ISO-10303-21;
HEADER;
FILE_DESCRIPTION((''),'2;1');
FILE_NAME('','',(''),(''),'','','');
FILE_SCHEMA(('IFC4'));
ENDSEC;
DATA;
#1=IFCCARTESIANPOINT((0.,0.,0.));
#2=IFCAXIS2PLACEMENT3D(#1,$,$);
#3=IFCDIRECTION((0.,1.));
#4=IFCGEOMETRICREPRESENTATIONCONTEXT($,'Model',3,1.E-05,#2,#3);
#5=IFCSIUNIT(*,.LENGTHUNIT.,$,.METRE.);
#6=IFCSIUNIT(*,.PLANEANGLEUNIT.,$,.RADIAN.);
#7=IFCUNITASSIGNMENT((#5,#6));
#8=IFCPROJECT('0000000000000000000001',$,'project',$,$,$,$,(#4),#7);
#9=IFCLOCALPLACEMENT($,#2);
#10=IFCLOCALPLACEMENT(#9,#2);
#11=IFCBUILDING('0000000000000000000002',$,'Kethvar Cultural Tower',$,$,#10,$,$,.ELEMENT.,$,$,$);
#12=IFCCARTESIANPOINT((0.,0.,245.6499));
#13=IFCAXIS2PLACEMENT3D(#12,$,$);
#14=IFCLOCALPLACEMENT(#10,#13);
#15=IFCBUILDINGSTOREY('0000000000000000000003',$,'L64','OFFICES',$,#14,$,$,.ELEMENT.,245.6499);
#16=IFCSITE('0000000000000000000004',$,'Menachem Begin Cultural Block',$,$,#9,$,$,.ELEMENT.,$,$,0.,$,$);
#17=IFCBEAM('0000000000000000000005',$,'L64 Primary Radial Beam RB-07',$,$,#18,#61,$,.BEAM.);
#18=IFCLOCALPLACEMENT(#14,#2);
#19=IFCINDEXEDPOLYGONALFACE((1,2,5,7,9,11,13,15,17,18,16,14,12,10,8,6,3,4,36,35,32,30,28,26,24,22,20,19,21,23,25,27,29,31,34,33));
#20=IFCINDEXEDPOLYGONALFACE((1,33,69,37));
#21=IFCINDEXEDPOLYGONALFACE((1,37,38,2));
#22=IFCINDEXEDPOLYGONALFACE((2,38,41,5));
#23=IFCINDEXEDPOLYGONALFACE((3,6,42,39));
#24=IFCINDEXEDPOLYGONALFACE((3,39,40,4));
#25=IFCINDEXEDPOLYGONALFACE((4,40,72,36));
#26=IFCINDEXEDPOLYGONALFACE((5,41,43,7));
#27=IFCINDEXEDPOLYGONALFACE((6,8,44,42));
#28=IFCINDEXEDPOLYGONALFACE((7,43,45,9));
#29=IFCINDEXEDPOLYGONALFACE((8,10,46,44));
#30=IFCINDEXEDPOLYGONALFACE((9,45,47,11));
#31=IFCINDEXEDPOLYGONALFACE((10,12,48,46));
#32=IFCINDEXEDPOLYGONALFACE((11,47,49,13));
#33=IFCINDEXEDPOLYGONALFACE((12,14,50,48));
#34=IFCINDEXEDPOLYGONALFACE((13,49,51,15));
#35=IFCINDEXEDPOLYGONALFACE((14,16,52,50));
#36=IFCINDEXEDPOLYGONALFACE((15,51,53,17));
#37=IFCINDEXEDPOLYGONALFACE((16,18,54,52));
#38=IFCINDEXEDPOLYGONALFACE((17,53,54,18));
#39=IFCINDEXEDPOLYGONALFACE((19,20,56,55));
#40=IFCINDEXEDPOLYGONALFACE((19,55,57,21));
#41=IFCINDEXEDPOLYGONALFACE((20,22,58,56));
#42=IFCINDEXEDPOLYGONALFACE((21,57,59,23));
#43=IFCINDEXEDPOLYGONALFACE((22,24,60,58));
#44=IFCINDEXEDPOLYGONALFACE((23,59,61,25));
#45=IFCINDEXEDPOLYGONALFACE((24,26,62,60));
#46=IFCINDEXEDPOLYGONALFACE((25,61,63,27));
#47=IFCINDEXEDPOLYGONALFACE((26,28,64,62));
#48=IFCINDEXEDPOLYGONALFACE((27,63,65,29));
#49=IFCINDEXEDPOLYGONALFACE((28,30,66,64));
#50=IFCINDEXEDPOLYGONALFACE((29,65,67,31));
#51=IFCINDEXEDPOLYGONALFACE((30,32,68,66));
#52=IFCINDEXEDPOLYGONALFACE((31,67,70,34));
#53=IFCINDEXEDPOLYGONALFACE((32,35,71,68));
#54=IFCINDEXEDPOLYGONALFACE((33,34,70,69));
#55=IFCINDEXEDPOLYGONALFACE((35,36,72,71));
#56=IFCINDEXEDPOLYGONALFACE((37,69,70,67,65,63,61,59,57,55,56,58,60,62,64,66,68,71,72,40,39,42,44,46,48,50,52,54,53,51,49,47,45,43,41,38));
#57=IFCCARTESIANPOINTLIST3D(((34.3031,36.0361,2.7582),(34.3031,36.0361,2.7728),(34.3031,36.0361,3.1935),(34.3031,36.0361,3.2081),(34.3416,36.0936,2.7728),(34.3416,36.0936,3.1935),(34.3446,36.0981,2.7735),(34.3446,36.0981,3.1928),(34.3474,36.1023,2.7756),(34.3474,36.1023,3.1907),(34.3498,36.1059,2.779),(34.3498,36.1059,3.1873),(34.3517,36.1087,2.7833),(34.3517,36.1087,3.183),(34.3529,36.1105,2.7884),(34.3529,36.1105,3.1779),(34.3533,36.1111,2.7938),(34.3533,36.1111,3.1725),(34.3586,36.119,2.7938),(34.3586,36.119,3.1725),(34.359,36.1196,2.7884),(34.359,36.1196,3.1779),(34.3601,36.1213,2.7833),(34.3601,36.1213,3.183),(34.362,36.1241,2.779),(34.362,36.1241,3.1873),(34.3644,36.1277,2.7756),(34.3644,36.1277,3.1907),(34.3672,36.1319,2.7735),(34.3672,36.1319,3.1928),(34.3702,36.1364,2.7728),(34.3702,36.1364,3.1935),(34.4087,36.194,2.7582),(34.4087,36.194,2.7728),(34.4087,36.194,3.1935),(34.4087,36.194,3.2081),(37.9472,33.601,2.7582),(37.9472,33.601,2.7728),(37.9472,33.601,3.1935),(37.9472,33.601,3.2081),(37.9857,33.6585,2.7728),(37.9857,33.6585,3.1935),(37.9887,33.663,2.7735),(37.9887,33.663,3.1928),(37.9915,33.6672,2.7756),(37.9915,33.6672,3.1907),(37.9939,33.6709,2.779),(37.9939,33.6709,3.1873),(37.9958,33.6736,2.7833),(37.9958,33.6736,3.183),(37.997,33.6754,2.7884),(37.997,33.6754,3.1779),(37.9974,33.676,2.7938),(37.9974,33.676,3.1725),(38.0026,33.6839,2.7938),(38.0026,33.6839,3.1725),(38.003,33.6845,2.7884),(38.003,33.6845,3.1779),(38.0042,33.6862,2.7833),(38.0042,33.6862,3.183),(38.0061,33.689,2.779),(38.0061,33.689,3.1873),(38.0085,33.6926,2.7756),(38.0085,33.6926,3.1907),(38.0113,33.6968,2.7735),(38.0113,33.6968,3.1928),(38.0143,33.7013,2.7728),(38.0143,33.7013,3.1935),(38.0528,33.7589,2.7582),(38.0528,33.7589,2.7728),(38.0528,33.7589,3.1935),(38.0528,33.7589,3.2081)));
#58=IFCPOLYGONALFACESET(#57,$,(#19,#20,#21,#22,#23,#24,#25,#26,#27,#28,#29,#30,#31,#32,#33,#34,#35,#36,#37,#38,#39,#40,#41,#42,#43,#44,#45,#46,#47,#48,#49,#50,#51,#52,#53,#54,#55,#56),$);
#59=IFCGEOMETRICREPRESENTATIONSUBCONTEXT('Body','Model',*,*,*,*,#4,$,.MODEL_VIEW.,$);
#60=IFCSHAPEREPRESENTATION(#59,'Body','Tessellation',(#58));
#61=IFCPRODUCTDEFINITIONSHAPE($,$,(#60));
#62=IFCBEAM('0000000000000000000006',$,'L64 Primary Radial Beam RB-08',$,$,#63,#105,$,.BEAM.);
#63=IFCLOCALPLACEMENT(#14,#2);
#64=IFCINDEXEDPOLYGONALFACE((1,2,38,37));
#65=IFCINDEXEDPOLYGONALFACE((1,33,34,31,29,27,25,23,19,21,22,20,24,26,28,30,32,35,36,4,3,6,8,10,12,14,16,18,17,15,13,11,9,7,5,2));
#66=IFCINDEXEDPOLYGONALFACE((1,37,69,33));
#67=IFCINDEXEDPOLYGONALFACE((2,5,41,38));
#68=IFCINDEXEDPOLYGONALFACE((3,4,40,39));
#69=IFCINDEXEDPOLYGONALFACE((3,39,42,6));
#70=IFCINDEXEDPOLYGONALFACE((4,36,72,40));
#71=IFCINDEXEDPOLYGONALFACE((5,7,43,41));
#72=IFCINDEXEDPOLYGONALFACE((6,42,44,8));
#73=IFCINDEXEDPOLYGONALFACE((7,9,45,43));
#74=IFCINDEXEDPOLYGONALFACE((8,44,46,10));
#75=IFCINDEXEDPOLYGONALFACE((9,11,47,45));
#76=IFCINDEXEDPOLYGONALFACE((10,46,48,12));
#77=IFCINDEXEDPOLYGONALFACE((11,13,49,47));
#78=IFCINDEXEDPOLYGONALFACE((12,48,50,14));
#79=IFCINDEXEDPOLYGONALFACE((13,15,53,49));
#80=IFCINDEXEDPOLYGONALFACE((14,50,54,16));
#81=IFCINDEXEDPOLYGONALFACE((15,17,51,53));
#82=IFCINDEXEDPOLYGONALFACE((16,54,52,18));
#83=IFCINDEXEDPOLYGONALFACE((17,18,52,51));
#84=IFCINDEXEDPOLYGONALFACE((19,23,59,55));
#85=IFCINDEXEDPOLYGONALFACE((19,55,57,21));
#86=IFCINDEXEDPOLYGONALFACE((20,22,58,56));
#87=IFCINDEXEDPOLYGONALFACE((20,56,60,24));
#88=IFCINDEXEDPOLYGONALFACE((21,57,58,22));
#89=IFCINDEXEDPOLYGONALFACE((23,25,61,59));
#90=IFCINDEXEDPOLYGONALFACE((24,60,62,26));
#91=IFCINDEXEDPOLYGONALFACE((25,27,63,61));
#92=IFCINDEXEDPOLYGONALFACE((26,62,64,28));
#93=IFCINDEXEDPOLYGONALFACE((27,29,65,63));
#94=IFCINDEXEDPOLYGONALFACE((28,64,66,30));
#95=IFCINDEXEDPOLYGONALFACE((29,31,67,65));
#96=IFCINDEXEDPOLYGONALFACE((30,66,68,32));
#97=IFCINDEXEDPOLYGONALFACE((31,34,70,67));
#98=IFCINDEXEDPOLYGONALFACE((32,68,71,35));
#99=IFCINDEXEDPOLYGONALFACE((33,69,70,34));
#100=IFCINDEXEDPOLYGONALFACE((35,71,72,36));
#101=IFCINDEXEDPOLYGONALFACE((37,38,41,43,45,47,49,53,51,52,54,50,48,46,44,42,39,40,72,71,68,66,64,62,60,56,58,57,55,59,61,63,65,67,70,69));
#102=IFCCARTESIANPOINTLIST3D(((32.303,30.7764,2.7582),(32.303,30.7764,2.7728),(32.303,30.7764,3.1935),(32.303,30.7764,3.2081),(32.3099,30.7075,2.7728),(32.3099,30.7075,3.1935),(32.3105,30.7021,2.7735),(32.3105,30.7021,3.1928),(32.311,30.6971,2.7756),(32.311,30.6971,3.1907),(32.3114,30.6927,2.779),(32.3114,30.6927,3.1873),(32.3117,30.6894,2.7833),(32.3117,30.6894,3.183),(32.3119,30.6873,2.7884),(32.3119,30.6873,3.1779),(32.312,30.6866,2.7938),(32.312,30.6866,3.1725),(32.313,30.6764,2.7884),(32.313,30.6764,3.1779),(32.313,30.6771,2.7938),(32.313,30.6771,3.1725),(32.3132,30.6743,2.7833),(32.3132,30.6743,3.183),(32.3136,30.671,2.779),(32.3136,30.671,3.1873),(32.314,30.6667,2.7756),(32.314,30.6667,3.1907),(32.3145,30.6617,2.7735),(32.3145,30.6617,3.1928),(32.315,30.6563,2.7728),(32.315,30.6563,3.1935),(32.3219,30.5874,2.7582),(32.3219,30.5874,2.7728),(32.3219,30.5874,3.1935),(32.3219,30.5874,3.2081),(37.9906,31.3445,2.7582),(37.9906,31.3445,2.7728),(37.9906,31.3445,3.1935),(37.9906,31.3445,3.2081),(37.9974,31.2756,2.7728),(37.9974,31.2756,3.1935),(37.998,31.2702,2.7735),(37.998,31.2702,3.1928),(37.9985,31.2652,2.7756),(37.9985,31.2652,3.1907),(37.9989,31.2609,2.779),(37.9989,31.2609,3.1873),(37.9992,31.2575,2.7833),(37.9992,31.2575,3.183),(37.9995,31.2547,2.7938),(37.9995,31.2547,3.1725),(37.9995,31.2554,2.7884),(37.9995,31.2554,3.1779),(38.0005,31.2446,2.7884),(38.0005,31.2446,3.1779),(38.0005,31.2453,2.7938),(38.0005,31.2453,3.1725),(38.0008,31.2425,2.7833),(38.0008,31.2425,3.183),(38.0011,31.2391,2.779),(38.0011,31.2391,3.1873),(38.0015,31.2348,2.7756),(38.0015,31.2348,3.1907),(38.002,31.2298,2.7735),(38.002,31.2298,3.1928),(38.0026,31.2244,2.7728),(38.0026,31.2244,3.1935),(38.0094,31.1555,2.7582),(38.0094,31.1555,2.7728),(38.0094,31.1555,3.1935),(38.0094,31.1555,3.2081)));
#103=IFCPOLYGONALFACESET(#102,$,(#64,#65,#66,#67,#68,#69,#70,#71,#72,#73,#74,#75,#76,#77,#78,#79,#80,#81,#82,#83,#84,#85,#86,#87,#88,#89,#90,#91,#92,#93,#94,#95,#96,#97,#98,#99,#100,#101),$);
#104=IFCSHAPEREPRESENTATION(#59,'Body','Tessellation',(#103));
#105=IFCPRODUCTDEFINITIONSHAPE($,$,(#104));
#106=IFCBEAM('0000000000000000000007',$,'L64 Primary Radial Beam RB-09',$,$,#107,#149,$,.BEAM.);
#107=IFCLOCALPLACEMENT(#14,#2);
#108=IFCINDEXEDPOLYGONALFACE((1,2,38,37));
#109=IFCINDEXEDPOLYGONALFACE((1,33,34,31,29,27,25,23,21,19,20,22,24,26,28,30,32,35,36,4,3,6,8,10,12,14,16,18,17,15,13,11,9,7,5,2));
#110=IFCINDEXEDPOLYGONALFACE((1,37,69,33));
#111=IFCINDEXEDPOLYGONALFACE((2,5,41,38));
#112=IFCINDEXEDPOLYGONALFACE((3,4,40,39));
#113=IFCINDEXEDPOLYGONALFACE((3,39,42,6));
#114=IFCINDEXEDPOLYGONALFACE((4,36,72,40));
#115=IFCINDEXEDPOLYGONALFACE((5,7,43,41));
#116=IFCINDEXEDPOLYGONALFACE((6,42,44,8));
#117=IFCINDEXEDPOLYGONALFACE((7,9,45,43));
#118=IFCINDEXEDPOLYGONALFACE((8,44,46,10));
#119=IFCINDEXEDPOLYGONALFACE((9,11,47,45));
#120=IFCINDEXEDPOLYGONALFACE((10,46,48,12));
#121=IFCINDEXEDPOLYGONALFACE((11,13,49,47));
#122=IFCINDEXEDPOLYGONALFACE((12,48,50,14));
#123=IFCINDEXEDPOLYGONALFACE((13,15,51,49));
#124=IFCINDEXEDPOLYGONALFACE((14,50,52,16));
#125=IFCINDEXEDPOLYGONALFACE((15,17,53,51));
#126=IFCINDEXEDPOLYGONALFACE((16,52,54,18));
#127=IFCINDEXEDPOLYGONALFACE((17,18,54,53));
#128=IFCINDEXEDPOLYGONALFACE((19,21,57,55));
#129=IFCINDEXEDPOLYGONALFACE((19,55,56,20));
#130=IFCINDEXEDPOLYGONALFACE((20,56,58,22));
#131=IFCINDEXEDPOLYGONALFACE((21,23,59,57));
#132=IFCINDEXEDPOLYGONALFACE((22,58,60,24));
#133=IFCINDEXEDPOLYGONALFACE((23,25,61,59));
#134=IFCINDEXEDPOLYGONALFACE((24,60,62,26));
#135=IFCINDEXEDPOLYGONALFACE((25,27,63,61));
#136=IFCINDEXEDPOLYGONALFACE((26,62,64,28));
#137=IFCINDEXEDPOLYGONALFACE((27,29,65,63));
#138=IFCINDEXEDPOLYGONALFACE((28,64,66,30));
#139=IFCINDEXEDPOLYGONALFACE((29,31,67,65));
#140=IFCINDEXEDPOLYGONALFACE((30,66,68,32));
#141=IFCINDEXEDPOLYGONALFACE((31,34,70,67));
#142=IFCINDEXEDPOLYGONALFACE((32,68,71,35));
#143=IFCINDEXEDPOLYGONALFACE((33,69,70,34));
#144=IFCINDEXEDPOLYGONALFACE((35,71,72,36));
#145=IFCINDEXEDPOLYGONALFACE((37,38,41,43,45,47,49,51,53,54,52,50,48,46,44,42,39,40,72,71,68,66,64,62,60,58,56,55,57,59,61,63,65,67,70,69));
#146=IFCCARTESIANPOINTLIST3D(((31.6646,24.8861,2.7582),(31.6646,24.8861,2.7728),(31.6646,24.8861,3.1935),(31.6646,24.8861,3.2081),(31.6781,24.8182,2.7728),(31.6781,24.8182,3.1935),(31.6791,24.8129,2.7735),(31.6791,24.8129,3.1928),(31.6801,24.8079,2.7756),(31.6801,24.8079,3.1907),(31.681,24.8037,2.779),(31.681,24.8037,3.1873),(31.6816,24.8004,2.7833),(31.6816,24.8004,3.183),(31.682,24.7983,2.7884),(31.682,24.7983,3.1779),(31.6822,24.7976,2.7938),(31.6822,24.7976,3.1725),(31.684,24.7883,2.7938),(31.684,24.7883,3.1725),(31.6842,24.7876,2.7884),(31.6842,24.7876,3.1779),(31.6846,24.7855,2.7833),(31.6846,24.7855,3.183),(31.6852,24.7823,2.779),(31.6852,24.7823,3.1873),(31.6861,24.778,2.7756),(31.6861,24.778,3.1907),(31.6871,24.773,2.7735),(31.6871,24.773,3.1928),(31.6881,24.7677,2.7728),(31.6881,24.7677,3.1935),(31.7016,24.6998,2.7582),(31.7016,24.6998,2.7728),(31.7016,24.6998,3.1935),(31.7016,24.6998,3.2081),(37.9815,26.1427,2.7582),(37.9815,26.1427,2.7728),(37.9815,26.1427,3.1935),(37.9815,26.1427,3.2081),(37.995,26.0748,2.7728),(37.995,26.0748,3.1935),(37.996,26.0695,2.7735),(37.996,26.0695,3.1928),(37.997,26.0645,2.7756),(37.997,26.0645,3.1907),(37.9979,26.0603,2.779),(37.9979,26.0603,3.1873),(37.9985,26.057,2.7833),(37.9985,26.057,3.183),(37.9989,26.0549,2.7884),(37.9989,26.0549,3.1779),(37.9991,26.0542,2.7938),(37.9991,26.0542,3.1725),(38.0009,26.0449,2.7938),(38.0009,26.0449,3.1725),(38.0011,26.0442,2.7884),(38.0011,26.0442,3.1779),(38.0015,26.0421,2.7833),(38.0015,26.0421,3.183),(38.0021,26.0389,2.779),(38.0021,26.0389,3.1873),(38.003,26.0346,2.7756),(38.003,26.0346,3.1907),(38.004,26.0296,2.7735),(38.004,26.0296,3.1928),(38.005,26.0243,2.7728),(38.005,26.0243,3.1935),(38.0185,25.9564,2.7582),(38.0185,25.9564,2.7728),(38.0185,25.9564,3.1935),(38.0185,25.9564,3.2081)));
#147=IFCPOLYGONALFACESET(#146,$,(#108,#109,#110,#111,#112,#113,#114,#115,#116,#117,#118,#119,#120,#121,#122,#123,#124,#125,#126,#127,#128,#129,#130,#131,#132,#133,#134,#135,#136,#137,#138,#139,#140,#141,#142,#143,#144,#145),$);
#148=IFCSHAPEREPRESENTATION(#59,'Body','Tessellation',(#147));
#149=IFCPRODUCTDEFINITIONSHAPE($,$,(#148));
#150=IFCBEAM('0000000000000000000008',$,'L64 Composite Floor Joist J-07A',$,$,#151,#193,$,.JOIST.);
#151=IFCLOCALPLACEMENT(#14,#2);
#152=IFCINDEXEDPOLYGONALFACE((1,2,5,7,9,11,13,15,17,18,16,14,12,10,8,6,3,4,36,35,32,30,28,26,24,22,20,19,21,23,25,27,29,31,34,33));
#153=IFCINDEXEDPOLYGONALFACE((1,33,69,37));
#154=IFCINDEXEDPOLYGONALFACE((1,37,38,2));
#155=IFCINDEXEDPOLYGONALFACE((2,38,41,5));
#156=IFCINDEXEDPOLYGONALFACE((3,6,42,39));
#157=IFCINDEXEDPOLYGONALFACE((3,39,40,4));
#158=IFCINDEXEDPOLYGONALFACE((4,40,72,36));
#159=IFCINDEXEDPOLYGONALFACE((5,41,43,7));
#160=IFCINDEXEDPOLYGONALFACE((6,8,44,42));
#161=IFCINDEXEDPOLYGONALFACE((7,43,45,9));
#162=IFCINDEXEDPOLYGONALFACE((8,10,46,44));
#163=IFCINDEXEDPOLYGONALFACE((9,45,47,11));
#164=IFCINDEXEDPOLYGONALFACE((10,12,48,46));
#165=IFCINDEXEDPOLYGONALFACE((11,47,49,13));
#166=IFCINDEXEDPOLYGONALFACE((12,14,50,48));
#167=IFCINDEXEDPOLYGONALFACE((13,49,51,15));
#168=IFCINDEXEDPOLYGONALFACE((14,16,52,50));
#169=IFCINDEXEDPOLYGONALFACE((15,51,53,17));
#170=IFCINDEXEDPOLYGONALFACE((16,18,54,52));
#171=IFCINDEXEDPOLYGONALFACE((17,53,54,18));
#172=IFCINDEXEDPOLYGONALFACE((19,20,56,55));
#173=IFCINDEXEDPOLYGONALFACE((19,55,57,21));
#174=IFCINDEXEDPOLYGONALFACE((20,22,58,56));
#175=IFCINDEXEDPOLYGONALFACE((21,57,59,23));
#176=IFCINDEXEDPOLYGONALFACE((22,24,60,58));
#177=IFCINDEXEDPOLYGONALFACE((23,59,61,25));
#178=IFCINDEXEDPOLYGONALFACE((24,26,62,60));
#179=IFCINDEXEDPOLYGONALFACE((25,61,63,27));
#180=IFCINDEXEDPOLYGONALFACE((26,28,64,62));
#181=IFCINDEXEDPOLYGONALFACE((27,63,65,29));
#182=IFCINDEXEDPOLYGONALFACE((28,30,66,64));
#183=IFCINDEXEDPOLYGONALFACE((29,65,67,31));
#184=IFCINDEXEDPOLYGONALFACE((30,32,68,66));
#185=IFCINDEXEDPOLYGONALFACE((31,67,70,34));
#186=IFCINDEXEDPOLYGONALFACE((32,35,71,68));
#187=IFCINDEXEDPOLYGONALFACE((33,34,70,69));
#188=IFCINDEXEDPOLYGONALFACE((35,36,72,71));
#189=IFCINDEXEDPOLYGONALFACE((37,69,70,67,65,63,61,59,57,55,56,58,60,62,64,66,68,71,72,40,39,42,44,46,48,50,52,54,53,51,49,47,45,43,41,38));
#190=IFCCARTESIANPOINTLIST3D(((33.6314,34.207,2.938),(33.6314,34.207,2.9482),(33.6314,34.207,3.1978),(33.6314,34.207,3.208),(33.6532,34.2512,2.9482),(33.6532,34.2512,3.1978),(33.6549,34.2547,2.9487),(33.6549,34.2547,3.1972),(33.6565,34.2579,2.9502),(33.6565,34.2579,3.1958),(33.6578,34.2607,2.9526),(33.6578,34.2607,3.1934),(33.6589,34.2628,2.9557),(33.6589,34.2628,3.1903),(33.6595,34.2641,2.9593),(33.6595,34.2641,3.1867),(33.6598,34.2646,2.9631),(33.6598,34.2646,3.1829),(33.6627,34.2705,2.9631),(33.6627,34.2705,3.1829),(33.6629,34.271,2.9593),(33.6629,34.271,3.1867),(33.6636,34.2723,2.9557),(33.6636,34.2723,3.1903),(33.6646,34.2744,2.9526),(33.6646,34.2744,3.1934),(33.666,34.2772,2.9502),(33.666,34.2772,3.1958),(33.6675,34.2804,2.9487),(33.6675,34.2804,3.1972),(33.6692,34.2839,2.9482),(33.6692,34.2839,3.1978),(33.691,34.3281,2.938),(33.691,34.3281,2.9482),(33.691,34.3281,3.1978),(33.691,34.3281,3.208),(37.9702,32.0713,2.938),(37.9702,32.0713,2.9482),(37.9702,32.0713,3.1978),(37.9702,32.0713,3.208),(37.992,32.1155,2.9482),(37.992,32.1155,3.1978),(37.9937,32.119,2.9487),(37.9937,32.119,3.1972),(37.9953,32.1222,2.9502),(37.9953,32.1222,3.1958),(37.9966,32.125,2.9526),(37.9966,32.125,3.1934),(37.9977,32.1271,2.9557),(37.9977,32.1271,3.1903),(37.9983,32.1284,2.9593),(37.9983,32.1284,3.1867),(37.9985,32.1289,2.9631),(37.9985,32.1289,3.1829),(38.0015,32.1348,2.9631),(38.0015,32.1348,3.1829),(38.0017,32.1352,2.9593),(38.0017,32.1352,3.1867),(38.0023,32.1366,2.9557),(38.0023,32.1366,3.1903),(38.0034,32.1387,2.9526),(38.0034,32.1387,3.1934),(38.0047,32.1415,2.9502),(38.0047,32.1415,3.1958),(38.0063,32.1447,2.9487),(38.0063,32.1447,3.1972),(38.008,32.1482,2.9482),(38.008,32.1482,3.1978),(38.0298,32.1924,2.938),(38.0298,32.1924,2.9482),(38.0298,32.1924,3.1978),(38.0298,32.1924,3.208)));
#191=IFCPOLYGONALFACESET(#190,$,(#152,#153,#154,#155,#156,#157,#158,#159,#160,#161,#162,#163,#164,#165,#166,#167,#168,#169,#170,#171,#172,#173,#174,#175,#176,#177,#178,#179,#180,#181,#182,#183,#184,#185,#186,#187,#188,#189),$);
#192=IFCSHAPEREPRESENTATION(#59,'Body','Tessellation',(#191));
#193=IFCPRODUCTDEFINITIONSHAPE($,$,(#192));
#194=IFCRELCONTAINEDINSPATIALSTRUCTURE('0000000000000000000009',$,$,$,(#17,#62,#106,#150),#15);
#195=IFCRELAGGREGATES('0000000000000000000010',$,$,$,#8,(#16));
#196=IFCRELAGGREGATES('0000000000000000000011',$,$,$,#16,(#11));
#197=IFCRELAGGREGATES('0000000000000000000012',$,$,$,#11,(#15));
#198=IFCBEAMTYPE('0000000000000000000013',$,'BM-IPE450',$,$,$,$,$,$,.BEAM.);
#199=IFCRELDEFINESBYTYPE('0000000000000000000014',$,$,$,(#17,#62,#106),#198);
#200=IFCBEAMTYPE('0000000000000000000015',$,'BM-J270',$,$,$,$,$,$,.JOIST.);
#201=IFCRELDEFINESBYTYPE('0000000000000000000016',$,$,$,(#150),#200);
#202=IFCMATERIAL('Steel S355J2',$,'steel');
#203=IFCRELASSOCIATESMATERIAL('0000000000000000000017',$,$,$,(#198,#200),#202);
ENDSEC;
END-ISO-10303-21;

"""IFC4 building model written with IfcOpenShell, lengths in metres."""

from ifc_helpers import new_model, si_unit, direction, frame, origin, origin_2d, place, context, subcontext, project, spatial, i_section, extrude, source, transform, mapped, material, material_profile, profile_set, type_object, element, save


model = new_model("IFC4")

# Units and contexts
model_context = context("Model", 3, precision=1e-05, world=origin(), true_north=direction((0.0, 1.0)))
body_context = subcontext(model_context, "Body", "Model", "MODEL_VIEW")
ifc_project = project(units=[si_unit("LENGTHUNIT", "METRE"), si_unit("PLANEANGLEUNIT", "RADIAN")], contexts=[model_context])

# Site, building, storey
site_placement = place(None, origin())
site = spatial("IfcSite", under=ifc_project, at=site_placement, Name="Menachem Begin Cultural Block", CompositionType="ELEMENT", RefElevation=0.0)
building_placement = place(site_placement, origin())
building = spatial("IfcBuilding", under=site, at=building_placement, Name="Kethvar Cultural Tower", CompositionType="ELEMENT")
storey_placement = place(building_placement, frame((0.0, 0.0, 245.6499)))
storey = spatial("IfcBuildingStorey", under=building, at=storey_placement, Name="L64", Description="OFFICES", CompositionType="ELEMENT", Elevation=245.6499)

# Beams
ifc_material_1 = material(Name="Steel S355J2", Category="steel")
ifc_material_profile_1 = material_profile(ifc_material_1, i_section(OverallWidth=0.1899, OverallDepth=0.45, WebThickness=0.0095, FlangeThickness=0.0146, FilletRadius=0.021, at=origin_2d()), Name="Steel S355J2 — IPE450")
ifc_profile_set_1 = profile_set([ifc_material_profile_1], Name="Steel S355J2 — IPE450")
beam_type_1 = type_object("IfcBeamType", Name="BM-IPE450", PredefinedType="BEAM", material=ifc_profile_set_1)
shared_shape_1 = source(origin(), body_context, "Body", "SweptSolid", [
    extrude(i_section(OverallWidth=0.1899, OverallDepth=0.45, WebThickness=0.0095, FlangeThickness=0.0146, FilletRadius=0.021, at=origin_2d()), origin(), (0.0, 0.0, 1.0), 4.3828),
])
beam_1_placement = place(storey_placement, frame((38.0, 33.6799, 2.9832), z_axis=(-0.83145, 0.5556, 0.0), x_axis=(-0.5556, -0.83145, 0.0)))
element("IfcBeam", 1, at=beam_1_placement, inside=storey, type_object=beam_type_1, Name="L64 Primary Radial Beam RB-07", PredefinedType="BEAM", context=body_context, shape_type="MappedRepresentation", body=[
    mapped(shared_shape_1, transform((0.0, 0.0, 0.0), scale=1.0)),
])
shared_shape_2 = source(origin(), body_context, "Body", "SweptSolid", [
    extrude(i_section(OverallWidth=0.1899, OverallDepth=0.45, WebThickness=0.0095, FlangeThickness=0.0146, FilletRadius=0.021, at=origin_2d()), origin(), (0.0, 0.0, 1.0), 5.7158),
])
beam_2_placement = place(storey_placement, frame((38.0, 31.25, 2.9832), z_axis=(-0.995048, -0.099394, 0.0), x_axis=(0.099394, -0.995048, 0.0)))
element("IfcBeam", 2, at=beam_2_placement, inside=storey, type_object=beam_type_1, Name="L64 Primary Radial Beam RB-08", PredefinedType="BEAM", context=body_context, shape_type="MappedRepresentation", body=[
    mapped(shared_shape_2, transform((0.0, 0.0, 0.0), scale=1.0)),
])
shared_shape_3 = source(origin(), body_context, "Body", "SweptSolid", [
    extrude(i_section(OverallWidth=0.1899, OverallDepth=0.45, WebThickness=0.0095, FlangeThickness=0.0146, FilletRadius=0.021, at=origin_2d()), origin(), (0.0, 0.0, 1.0), 6.4407),
])
beam_3_placement = place(storey_placement, frame((38.0, 26.0496, 2.9832), z_axis=(-0.980783, -0.195103, 0.0), x_axis=(0.195103, -0.980783, 0.0)))
element("IfcBeam", 3, at=beam_3_placement, inside=storey, type_object=beam_type_1, Name="L64 Primary Radial Beam RB-09", PredefinedType="BEAM", context=body_context, shape_type="MappedRepresentation", body=[
    mapped(shared_shape_3, transform((0.0, 0.0, 0.0), scale=1.0)),
])
ifc_material_profile_2 = material_profile(ifc_material_1, i_section(OverallWidth=0.135, OverallDepth=0.27, WebThickness=0.0066, FlangeThickness=0.0103, FilletRadius=0.0149, at=origin_2d()), Name="Steel S355J2 — IPE270")
ifc_profile_set_2 = profile_set([ifc_material_profile_2], Name="Steel S355J2 — IPE270")
beam_type_2 = type_object("IfcBeamType", Name="BM-J270", PredefinedType="JOIST", material=ifc_profile_set_2)
shared_shape_4 = source(origin(), body_context, "Body", "SweptSolid", [
    extrude(i_section(OverallWidth=0.135, OverallDepth=0.27, WebThickness=0.0066, FlangeThickness=0.0103, FilletRadius=0.0149, at=origin_2d()), origin(), (0.0, 0.0, 1.0), 4.8359),
])
beam_4_placement = place(storey_placement, frame((38.0, 32.1318, 3.073), z_axis=(-0.897197, 0.441632, 0.0), x_axis=(-0.441632, -0.897197, 0.0)))
element("IfcBeam", 4, at=beam_4_placement, inside=storey, type_object=beam_type_2, Name="L64 Composite Floor Joist J-07A", PredefinedType="JOIST", context=body_context, shape_type="MappedRepresentation", body=[
    mapped(shared_shape_4, transform((0.0, 0.0, 0.0), scale=1.0)),
])

save(model, "model.ifc")
